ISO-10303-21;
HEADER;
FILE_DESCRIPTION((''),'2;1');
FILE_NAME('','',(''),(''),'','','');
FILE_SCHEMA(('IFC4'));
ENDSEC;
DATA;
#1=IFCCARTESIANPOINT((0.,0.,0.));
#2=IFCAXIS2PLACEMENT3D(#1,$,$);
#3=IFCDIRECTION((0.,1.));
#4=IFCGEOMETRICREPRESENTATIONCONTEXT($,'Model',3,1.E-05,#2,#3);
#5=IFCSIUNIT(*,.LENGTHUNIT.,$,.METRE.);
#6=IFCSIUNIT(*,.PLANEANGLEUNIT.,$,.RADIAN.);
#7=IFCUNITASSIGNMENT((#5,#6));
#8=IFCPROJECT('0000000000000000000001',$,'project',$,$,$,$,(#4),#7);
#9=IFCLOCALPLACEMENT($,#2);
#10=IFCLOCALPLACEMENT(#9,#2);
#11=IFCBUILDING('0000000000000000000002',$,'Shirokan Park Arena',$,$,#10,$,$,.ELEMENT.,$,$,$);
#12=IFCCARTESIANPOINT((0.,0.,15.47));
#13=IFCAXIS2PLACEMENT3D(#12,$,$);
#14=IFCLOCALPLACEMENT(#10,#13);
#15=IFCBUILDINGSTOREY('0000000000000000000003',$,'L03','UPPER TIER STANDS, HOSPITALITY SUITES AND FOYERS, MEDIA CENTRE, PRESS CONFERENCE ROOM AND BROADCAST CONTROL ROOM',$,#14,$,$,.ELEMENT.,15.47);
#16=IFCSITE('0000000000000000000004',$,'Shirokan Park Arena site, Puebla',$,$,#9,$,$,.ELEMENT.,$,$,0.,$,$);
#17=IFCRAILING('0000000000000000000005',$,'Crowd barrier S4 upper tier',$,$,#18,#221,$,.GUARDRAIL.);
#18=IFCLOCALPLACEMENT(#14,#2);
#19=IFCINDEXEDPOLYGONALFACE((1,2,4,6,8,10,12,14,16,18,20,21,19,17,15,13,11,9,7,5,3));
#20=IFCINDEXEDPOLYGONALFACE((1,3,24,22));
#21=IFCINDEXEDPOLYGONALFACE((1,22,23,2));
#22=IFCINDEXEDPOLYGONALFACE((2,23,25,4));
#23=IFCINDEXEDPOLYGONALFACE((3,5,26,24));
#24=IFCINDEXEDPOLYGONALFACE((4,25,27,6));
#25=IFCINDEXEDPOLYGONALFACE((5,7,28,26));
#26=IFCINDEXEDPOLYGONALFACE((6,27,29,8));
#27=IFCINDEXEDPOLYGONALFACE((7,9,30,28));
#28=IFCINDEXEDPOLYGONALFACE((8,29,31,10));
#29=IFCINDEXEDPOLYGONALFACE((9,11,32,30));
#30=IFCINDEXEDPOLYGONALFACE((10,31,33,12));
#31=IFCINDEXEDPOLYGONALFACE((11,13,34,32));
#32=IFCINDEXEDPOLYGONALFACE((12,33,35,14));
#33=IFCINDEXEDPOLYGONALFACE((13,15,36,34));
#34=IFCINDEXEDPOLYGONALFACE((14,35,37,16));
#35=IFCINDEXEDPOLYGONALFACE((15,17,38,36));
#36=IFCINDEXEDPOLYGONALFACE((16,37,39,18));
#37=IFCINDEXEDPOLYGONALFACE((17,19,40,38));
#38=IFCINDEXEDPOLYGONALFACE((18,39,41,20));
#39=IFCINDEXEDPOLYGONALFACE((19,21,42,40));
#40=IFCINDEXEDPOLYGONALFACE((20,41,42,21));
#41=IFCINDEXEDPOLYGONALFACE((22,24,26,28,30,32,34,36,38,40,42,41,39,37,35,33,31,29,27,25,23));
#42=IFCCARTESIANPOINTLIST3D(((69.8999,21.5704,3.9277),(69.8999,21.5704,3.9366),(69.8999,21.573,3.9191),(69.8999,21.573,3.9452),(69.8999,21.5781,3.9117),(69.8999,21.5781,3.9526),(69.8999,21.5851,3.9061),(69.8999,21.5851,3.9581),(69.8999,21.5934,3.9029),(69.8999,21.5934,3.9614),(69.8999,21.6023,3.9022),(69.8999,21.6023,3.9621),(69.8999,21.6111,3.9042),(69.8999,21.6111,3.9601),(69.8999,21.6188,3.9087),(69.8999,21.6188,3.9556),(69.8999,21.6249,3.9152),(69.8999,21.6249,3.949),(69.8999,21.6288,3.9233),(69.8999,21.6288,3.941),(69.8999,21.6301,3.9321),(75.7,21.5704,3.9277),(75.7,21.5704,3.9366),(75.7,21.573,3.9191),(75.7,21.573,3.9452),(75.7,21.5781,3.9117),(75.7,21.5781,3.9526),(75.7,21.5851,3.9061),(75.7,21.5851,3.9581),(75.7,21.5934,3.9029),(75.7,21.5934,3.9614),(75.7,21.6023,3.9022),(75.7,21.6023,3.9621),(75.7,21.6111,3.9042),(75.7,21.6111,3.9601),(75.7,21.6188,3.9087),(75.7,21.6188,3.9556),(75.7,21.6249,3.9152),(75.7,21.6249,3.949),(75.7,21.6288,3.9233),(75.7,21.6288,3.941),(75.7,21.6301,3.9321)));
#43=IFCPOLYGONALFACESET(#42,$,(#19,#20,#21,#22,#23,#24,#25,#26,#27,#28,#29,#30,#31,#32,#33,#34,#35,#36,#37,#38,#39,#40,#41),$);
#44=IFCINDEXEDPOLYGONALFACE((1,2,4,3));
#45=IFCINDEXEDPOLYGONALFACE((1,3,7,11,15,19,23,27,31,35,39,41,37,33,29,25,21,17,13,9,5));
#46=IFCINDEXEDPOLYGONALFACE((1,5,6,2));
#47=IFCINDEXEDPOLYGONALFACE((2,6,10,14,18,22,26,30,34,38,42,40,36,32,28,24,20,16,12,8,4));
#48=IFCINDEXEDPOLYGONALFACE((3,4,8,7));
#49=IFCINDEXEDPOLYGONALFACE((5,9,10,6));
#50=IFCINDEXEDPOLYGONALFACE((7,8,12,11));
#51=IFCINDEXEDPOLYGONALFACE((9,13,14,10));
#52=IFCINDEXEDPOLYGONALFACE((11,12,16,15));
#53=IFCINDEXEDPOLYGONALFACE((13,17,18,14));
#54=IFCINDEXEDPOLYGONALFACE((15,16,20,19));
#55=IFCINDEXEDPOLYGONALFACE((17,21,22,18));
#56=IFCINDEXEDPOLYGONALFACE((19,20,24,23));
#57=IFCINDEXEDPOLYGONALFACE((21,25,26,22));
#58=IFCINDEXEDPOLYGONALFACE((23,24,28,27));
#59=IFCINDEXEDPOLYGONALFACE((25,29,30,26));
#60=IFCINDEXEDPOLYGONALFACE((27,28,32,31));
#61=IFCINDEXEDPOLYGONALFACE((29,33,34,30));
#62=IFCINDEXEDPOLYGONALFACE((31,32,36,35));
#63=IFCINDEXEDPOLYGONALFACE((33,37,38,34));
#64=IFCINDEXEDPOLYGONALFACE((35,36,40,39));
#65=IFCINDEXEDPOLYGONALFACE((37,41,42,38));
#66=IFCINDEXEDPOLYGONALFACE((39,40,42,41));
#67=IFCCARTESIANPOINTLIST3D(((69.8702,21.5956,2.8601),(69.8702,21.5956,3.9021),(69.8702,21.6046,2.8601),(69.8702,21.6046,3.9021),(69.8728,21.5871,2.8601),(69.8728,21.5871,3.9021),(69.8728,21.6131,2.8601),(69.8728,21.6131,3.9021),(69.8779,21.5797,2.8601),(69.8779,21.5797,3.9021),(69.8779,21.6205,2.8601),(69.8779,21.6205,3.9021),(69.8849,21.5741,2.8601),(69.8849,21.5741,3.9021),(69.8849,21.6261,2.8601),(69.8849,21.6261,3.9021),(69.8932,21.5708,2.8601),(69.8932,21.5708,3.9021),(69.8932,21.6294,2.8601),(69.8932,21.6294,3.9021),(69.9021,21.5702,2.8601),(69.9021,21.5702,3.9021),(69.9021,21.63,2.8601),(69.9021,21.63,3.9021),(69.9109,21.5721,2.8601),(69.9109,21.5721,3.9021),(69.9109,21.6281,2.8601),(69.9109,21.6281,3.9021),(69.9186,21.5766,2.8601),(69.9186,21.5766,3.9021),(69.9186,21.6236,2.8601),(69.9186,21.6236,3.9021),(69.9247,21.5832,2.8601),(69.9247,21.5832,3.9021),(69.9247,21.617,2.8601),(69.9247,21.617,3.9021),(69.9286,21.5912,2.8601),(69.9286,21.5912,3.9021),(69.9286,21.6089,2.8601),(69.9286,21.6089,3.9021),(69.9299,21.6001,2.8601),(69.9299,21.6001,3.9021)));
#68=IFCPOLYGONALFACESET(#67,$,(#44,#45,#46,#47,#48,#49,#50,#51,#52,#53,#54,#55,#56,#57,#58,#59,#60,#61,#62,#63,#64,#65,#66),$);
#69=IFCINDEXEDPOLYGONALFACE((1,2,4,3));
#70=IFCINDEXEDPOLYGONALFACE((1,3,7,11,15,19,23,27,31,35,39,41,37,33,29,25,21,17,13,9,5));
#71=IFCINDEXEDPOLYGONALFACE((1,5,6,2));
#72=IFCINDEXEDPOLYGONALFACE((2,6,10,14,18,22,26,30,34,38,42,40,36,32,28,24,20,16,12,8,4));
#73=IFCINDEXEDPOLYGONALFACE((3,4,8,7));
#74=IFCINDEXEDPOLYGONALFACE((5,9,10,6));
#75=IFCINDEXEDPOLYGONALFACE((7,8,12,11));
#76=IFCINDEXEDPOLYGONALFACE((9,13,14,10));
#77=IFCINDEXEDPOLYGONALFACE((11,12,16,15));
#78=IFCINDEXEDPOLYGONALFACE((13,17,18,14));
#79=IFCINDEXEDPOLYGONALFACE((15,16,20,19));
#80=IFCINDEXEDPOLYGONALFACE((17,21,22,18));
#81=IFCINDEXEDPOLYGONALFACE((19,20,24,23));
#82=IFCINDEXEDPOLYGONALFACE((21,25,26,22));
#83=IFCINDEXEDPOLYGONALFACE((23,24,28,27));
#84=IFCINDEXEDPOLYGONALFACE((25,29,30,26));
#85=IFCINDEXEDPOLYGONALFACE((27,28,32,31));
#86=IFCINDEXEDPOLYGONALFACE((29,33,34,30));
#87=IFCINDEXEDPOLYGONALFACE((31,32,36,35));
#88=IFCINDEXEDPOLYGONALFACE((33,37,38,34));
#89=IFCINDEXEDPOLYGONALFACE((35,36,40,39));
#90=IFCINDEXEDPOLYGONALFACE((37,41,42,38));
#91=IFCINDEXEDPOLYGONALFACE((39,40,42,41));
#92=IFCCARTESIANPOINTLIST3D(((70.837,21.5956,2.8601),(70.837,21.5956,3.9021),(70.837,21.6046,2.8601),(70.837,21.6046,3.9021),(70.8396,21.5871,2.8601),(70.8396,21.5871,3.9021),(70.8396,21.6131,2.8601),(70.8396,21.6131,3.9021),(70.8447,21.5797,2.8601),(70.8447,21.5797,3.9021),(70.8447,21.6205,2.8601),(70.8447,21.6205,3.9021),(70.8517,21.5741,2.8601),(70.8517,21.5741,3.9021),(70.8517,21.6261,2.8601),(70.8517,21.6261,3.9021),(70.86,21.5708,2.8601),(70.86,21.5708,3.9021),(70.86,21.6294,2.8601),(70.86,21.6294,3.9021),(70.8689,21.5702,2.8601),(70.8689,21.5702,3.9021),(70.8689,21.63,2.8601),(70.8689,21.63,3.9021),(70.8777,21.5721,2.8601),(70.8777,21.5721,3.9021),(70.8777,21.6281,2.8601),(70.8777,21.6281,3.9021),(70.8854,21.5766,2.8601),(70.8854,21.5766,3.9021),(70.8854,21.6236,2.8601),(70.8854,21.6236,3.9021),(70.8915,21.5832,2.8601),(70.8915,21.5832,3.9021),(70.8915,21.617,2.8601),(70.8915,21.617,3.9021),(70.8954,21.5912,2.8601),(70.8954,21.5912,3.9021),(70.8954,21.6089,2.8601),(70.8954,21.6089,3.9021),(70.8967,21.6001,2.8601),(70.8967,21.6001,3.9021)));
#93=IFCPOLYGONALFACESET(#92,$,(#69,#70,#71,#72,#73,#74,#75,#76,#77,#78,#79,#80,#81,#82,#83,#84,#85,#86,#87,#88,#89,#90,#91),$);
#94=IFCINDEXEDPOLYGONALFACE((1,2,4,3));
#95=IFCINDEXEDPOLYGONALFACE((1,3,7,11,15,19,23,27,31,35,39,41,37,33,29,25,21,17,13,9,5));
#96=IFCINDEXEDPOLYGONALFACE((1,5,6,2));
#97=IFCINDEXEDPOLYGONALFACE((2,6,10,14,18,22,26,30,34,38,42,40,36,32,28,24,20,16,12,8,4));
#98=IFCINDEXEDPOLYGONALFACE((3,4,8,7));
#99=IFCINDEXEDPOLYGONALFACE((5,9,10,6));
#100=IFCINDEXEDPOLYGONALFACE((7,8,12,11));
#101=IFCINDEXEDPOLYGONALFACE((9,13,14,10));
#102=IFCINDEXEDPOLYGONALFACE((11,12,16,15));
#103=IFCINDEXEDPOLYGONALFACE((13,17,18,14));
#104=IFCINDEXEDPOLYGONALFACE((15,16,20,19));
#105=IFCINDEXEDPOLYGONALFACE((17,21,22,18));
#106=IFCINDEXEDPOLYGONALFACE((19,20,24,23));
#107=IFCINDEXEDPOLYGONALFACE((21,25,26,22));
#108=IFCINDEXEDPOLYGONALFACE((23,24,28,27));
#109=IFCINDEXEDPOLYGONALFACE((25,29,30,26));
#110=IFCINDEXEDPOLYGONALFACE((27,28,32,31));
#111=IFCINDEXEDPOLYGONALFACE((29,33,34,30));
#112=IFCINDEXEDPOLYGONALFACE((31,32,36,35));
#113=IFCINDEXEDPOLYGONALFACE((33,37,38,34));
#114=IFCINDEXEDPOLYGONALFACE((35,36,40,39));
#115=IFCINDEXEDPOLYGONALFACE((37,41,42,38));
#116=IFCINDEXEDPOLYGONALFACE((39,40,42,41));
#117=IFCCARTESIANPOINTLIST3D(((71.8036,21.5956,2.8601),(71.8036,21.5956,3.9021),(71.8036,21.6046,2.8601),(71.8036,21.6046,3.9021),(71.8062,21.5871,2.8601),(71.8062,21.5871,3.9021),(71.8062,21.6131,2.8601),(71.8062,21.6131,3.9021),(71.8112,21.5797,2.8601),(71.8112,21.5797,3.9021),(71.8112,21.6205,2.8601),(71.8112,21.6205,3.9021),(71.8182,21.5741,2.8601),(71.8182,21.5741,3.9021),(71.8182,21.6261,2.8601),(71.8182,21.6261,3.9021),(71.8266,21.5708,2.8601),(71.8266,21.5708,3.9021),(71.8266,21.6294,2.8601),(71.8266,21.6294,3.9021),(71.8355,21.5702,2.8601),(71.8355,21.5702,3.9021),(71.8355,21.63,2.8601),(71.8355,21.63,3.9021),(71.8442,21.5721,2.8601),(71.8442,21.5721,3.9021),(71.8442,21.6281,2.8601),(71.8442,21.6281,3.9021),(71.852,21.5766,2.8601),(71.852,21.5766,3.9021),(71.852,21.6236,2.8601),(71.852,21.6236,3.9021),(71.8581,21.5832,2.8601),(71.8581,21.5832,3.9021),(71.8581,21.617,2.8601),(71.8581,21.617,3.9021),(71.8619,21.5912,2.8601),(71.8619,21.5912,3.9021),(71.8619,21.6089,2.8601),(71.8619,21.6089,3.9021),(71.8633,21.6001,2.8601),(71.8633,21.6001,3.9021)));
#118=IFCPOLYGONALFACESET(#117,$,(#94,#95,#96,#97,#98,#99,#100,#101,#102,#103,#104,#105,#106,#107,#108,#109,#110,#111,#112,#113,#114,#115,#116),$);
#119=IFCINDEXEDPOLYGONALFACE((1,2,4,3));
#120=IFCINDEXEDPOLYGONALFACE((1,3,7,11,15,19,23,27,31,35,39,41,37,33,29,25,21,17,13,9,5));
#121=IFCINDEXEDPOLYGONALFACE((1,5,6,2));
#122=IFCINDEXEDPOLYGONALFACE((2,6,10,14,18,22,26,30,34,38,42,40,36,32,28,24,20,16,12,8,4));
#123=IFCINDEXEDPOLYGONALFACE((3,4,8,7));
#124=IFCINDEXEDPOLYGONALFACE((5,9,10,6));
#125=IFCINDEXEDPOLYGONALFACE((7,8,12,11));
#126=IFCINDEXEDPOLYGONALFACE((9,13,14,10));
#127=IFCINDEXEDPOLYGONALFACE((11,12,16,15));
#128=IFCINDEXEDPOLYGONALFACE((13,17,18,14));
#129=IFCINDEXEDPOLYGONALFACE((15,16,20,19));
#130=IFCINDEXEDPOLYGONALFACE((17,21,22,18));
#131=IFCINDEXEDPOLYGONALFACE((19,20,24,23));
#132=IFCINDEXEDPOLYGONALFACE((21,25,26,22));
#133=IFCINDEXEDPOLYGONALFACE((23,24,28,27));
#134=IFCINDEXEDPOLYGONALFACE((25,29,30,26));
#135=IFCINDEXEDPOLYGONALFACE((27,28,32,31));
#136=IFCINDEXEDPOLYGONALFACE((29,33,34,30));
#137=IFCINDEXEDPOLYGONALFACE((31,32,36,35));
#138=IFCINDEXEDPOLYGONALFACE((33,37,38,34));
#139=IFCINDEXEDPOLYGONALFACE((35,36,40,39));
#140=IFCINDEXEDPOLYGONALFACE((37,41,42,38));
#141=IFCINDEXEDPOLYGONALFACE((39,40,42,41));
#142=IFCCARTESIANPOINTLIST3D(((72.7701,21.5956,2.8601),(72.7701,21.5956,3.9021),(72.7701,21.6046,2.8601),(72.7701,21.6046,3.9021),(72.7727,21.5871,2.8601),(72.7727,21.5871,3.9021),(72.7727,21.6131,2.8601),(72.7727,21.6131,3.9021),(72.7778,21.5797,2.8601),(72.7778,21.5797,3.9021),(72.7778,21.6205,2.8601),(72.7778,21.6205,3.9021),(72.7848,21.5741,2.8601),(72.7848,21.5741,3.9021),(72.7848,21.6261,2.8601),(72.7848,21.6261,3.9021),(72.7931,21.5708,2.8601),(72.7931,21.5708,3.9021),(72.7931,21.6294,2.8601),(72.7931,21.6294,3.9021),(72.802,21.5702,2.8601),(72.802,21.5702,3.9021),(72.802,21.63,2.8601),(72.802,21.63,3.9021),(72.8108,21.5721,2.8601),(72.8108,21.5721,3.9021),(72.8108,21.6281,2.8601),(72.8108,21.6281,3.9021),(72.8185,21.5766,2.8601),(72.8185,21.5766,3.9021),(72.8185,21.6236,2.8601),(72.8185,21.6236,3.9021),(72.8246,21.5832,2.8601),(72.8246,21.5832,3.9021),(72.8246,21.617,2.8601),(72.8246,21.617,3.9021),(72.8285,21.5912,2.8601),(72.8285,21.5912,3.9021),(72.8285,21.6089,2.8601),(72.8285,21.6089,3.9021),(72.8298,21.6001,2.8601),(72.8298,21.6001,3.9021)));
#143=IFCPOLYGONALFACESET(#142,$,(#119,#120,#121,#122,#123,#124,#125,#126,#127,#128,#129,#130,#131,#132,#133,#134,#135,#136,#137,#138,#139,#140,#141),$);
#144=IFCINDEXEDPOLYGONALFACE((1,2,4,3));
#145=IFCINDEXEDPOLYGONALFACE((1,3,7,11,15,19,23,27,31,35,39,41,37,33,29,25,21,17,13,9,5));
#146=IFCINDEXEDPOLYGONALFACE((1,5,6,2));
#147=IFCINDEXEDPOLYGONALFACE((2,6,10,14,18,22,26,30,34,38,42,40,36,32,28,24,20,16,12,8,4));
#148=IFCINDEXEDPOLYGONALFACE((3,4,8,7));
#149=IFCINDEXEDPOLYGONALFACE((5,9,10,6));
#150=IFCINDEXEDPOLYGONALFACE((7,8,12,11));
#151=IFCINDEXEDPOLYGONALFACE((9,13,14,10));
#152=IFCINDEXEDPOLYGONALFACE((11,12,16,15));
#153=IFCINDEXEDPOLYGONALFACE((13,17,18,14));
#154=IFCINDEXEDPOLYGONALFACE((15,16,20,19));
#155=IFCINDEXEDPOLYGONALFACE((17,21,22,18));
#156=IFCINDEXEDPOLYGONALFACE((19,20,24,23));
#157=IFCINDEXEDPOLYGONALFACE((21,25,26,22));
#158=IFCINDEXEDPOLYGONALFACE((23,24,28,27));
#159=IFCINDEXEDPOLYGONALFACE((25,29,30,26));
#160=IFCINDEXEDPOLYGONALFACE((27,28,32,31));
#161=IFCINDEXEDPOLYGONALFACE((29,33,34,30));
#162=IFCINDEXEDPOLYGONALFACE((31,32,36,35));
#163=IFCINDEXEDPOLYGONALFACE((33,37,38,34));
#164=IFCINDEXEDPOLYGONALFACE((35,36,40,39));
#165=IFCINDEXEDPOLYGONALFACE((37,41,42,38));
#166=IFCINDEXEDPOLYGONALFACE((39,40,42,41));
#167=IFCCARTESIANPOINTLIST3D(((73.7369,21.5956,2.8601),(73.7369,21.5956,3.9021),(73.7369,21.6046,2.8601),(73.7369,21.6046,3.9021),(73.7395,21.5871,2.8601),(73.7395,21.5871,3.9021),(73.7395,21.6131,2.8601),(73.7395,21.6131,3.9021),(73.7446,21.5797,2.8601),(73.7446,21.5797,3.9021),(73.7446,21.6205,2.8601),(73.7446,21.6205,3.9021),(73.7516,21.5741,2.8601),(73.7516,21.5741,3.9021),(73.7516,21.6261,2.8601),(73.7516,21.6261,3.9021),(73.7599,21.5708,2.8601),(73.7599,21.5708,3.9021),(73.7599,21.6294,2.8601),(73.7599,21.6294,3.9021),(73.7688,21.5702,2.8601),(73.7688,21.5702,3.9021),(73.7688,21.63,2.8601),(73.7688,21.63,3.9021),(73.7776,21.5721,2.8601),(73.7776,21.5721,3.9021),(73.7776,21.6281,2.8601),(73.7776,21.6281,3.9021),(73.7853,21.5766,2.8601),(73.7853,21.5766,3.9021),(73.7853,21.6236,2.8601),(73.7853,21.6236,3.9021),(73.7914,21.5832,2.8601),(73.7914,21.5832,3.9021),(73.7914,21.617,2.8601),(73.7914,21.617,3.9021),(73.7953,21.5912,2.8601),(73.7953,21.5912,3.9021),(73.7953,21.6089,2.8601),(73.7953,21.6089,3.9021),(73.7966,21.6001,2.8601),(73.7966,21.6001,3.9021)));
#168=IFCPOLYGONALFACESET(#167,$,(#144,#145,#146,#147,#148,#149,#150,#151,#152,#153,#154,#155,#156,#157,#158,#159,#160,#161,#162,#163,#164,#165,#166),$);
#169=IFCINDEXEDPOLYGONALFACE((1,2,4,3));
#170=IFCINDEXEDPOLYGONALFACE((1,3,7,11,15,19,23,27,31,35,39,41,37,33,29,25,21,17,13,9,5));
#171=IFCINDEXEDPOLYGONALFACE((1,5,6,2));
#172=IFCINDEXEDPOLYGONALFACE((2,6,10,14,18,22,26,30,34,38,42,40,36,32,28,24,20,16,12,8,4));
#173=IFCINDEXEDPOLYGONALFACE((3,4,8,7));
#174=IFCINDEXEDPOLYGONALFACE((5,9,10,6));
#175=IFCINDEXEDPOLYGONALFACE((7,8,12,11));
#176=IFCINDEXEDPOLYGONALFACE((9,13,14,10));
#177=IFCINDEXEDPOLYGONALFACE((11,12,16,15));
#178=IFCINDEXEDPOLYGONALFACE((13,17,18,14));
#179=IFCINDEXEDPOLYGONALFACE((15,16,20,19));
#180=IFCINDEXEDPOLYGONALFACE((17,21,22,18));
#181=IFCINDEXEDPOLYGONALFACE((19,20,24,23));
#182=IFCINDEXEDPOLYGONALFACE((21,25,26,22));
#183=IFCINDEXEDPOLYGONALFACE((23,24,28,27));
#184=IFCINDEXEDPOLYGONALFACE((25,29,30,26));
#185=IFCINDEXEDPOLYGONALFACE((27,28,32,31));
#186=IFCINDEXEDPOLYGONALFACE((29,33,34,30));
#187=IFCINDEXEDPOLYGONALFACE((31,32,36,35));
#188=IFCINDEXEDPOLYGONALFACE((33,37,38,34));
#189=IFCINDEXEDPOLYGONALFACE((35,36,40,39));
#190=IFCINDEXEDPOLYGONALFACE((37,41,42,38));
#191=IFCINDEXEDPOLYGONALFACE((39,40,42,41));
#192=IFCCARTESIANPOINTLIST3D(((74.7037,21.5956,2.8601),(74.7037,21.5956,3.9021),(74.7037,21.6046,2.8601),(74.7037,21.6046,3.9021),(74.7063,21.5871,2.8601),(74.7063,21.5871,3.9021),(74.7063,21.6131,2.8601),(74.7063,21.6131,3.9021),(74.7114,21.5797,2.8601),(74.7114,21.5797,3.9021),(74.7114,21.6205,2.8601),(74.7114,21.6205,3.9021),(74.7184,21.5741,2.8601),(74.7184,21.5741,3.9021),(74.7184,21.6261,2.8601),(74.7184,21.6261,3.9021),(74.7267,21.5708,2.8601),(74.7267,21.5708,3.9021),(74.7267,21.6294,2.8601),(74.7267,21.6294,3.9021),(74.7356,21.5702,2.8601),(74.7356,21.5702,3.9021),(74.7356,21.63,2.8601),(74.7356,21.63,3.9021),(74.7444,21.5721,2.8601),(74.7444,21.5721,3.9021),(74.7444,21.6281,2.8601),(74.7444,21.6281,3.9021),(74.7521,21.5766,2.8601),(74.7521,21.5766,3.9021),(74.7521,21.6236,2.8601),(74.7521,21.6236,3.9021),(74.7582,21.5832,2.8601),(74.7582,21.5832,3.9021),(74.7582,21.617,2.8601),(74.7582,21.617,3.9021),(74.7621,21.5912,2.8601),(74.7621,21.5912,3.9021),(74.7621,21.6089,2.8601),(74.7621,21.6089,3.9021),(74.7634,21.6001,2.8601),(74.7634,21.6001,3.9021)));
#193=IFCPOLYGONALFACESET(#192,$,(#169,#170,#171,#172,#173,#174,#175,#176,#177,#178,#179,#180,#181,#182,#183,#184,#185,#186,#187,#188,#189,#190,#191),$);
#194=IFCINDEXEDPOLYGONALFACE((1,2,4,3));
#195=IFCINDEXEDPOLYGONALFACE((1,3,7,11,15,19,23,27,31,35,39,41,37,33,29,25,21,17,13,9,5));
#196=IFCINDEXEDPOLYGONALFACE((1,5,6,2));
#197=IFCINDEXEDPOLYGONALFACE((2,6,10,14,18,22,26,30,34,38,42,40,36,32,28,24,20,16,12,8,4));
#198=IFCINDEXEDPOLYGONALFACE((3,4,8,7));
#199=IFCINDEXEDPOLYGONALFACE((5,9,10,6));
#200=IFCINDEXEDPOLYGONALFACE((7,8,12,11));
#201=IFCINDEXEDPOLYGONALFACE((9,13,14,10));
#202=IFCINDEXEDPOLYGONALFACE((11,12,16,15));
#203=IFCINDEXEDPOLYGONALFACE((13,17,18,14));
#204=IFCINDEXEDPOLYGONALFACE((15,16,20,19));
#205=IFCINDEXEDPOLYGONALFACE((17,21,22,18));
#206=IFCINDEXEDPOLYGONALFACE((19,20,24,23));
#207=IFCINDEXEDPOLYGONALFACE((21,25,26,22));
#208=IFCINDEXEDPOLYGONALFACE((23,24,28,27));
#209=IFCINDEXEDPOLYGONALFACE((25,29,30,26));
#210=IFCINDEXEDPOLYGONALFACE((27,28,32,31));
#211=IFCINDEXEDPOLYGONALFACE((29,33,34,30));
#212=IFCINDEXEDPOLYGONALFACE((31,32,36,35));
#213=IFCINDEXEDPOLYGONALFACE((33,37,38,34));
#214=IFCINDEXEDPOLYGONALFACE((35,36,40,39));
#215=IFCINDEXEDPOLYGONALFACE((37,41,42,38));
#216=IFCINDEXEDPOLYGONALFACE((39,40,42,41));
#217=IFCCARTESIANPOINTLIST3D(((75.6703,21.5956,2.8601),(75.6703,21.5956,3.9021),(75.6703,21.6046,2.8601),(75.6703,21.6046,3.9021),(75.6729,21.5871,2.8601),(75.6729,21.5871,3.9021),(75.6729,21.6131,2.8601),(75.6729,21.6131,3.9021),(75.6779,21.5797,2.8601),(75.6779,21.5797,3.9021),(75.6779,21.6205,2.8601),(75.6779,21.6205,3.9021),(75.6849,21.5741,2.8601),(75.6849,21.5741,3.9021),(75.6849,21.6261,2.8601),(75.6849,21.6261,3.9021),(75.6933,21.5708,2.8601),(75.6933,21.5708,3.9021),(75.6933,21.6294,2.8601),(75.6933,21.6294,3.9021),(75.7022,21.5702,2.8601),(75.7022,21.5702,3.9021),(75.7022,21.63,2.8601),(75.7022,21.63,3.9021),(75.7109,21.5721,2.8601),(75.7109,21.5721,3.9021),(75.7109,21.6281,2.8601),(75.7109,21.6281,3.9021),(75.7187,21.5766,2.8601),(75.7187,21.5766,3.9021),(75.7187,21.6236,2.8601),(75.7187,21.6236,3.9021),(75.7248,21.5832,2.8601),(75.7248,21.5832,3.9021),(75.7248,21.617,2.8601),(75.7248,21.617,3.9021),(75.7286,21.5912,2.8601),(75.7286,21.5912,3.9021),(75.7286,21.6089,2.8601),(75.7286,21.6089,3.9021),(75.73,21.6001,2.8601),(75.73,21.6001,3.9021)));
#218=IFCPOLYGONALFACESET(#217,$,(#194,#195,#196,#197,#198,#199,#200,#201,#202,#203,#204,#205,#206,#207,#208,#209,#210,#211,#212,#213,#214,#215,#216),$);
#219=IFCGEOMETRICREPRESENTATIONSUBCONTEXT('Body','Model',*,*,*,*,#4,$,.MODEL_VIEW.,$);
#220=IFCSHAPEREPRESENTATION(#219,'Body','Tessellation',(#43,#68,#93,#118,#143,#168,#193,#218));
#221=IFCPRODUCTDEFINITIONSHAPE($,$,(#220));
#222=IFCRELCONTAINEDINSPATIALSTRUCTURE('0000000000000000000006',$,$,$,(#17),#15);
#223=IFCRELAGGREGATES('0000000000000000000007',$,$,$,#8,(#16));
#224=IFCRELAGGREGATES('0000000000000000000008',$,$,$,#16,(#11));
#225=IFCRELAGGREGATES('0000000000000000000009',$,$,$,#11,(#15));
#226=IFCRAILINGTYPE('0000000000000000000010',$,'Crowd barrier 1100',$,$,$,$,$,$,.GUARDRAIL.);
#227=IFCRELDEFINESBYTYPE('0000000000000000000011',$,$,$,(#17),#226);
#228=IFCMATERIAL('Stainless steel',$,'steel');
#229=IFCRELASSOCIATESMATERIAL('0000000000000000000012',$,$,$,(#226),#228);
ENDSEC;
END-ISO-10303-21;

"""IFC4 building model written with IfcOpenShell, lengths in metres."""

from ifc_helpers import new_model, si_unit, direction, frame, origin, origin_2d, place, context, subcontext, project, spatial, circle, extrude, material, type_object, element, save


model = new_model("IFC4")

# Units and contexts
model_context = context("Model", 3, precision=1e-05, world=origin(), true_north=direction((0.0, 1.0)))
body_context = subcontext(model_context, "Body", "Model", "MODEL_VIEW")
ifc_project = project(units=[si_unit("LENGTHUNIT", "METRE"), si_unit("PLANEANGLEUNIT", "RADIAN")], contexts=[model_context])

# Site, building, storey
site_placement = place(None, origin())
site = spatial("IfcSite", under=ifc_project, at=site_placement, Name="Shirokan Park Arena site, Puebla", CompositionType="ELEMENT", RefElevation=0.0)
building_placement = place(site_placement, origin())
building = spatial("IfcBuilding", under=site, at=building_placement, Name="Shirokan Park Arena", CompositionType="ELEMENT")
storey_placement = place(building_placement, frame((0.0, 0.0, 15.47)))
storey = spatial("IfcBuildingStorey", under=building, at=storey_placement, Name="L03", Description="UPPER TIER STANDS, HOSPITALITY SUITES AND FOYERS, MEDIA CENTRE, PRESS CONFERENCE ROOM AND BROADCAST CONTROL ROOM", CompositionType="ELEMENT", Elevation=15.47)

# Railing
ifc_material_1 = material(Name="Stainless steel", Category="steel")
railing_type_1 = type_object("IfcRailingType", Name="Crowd barrier 1100", PredefinedType="GUARDRAIL", material=ifc_material_1)
railing_1_placement = place(storey_placement, frame((69.8999, 21.6001, 2.8601)))
element("IfcRailing", 1, at=railing_1_placement, inside=storey, type_object=railing_type_1, Name="Crowd barrier S4 upper tier", PredefinedType="GUARDRAIL", context=body_context, shape_type="SweptSolid", body=[
    extrude(circle(Radius=0.03, at=origin_2d()), frame((0.0, 0.0, 1.072), z_axis=(1.0, 0.0, 0.0), x_axis=(0.0, 1.0, 0.0)), (0.0, 0.0, 1.0), 5.8),
    extrude(circle(Radius=0.03, at=origin_2d()), origin(), (0.0, 0.0, 1.0), 1.042),
    extrude(circle(Radius=0.03, at=origin_2d()), frame((0.9668, 0.0, 0.0)), (0.0, 0.0, 1.0), 1.042),
    extrude(circle(Radius=0.03, at=origin_2d()), frame((1.9333, 0.0, 0.0)), (0.0, 0.0, 1.0), 1.042),
    extrude(circle(Radius=0.03, at=origin_2d()), frame((2.8999, 0.0, 0.0)), (0.0, 0.0, 1.0), 1.042),
    extrude(circle(Radius=0.03, at=origin_2d()), frame((3.8667, 0.0, 0.0)), (0.0, 0.0, 1.0), 1.042),
    extrude(circle(Radius=0.03, at=origin_2d()), frame((4.8335, 0.0, 0.0)), (0.0, 0.0, 1.0), 1.042),
    extrude(circle(Radius=0.03, at=origin_2d()), frame((5.8, 0.0, 0.0)), (0.0, 0.0, 1.0), 1.042),
])

save(model, "model.ifc")
